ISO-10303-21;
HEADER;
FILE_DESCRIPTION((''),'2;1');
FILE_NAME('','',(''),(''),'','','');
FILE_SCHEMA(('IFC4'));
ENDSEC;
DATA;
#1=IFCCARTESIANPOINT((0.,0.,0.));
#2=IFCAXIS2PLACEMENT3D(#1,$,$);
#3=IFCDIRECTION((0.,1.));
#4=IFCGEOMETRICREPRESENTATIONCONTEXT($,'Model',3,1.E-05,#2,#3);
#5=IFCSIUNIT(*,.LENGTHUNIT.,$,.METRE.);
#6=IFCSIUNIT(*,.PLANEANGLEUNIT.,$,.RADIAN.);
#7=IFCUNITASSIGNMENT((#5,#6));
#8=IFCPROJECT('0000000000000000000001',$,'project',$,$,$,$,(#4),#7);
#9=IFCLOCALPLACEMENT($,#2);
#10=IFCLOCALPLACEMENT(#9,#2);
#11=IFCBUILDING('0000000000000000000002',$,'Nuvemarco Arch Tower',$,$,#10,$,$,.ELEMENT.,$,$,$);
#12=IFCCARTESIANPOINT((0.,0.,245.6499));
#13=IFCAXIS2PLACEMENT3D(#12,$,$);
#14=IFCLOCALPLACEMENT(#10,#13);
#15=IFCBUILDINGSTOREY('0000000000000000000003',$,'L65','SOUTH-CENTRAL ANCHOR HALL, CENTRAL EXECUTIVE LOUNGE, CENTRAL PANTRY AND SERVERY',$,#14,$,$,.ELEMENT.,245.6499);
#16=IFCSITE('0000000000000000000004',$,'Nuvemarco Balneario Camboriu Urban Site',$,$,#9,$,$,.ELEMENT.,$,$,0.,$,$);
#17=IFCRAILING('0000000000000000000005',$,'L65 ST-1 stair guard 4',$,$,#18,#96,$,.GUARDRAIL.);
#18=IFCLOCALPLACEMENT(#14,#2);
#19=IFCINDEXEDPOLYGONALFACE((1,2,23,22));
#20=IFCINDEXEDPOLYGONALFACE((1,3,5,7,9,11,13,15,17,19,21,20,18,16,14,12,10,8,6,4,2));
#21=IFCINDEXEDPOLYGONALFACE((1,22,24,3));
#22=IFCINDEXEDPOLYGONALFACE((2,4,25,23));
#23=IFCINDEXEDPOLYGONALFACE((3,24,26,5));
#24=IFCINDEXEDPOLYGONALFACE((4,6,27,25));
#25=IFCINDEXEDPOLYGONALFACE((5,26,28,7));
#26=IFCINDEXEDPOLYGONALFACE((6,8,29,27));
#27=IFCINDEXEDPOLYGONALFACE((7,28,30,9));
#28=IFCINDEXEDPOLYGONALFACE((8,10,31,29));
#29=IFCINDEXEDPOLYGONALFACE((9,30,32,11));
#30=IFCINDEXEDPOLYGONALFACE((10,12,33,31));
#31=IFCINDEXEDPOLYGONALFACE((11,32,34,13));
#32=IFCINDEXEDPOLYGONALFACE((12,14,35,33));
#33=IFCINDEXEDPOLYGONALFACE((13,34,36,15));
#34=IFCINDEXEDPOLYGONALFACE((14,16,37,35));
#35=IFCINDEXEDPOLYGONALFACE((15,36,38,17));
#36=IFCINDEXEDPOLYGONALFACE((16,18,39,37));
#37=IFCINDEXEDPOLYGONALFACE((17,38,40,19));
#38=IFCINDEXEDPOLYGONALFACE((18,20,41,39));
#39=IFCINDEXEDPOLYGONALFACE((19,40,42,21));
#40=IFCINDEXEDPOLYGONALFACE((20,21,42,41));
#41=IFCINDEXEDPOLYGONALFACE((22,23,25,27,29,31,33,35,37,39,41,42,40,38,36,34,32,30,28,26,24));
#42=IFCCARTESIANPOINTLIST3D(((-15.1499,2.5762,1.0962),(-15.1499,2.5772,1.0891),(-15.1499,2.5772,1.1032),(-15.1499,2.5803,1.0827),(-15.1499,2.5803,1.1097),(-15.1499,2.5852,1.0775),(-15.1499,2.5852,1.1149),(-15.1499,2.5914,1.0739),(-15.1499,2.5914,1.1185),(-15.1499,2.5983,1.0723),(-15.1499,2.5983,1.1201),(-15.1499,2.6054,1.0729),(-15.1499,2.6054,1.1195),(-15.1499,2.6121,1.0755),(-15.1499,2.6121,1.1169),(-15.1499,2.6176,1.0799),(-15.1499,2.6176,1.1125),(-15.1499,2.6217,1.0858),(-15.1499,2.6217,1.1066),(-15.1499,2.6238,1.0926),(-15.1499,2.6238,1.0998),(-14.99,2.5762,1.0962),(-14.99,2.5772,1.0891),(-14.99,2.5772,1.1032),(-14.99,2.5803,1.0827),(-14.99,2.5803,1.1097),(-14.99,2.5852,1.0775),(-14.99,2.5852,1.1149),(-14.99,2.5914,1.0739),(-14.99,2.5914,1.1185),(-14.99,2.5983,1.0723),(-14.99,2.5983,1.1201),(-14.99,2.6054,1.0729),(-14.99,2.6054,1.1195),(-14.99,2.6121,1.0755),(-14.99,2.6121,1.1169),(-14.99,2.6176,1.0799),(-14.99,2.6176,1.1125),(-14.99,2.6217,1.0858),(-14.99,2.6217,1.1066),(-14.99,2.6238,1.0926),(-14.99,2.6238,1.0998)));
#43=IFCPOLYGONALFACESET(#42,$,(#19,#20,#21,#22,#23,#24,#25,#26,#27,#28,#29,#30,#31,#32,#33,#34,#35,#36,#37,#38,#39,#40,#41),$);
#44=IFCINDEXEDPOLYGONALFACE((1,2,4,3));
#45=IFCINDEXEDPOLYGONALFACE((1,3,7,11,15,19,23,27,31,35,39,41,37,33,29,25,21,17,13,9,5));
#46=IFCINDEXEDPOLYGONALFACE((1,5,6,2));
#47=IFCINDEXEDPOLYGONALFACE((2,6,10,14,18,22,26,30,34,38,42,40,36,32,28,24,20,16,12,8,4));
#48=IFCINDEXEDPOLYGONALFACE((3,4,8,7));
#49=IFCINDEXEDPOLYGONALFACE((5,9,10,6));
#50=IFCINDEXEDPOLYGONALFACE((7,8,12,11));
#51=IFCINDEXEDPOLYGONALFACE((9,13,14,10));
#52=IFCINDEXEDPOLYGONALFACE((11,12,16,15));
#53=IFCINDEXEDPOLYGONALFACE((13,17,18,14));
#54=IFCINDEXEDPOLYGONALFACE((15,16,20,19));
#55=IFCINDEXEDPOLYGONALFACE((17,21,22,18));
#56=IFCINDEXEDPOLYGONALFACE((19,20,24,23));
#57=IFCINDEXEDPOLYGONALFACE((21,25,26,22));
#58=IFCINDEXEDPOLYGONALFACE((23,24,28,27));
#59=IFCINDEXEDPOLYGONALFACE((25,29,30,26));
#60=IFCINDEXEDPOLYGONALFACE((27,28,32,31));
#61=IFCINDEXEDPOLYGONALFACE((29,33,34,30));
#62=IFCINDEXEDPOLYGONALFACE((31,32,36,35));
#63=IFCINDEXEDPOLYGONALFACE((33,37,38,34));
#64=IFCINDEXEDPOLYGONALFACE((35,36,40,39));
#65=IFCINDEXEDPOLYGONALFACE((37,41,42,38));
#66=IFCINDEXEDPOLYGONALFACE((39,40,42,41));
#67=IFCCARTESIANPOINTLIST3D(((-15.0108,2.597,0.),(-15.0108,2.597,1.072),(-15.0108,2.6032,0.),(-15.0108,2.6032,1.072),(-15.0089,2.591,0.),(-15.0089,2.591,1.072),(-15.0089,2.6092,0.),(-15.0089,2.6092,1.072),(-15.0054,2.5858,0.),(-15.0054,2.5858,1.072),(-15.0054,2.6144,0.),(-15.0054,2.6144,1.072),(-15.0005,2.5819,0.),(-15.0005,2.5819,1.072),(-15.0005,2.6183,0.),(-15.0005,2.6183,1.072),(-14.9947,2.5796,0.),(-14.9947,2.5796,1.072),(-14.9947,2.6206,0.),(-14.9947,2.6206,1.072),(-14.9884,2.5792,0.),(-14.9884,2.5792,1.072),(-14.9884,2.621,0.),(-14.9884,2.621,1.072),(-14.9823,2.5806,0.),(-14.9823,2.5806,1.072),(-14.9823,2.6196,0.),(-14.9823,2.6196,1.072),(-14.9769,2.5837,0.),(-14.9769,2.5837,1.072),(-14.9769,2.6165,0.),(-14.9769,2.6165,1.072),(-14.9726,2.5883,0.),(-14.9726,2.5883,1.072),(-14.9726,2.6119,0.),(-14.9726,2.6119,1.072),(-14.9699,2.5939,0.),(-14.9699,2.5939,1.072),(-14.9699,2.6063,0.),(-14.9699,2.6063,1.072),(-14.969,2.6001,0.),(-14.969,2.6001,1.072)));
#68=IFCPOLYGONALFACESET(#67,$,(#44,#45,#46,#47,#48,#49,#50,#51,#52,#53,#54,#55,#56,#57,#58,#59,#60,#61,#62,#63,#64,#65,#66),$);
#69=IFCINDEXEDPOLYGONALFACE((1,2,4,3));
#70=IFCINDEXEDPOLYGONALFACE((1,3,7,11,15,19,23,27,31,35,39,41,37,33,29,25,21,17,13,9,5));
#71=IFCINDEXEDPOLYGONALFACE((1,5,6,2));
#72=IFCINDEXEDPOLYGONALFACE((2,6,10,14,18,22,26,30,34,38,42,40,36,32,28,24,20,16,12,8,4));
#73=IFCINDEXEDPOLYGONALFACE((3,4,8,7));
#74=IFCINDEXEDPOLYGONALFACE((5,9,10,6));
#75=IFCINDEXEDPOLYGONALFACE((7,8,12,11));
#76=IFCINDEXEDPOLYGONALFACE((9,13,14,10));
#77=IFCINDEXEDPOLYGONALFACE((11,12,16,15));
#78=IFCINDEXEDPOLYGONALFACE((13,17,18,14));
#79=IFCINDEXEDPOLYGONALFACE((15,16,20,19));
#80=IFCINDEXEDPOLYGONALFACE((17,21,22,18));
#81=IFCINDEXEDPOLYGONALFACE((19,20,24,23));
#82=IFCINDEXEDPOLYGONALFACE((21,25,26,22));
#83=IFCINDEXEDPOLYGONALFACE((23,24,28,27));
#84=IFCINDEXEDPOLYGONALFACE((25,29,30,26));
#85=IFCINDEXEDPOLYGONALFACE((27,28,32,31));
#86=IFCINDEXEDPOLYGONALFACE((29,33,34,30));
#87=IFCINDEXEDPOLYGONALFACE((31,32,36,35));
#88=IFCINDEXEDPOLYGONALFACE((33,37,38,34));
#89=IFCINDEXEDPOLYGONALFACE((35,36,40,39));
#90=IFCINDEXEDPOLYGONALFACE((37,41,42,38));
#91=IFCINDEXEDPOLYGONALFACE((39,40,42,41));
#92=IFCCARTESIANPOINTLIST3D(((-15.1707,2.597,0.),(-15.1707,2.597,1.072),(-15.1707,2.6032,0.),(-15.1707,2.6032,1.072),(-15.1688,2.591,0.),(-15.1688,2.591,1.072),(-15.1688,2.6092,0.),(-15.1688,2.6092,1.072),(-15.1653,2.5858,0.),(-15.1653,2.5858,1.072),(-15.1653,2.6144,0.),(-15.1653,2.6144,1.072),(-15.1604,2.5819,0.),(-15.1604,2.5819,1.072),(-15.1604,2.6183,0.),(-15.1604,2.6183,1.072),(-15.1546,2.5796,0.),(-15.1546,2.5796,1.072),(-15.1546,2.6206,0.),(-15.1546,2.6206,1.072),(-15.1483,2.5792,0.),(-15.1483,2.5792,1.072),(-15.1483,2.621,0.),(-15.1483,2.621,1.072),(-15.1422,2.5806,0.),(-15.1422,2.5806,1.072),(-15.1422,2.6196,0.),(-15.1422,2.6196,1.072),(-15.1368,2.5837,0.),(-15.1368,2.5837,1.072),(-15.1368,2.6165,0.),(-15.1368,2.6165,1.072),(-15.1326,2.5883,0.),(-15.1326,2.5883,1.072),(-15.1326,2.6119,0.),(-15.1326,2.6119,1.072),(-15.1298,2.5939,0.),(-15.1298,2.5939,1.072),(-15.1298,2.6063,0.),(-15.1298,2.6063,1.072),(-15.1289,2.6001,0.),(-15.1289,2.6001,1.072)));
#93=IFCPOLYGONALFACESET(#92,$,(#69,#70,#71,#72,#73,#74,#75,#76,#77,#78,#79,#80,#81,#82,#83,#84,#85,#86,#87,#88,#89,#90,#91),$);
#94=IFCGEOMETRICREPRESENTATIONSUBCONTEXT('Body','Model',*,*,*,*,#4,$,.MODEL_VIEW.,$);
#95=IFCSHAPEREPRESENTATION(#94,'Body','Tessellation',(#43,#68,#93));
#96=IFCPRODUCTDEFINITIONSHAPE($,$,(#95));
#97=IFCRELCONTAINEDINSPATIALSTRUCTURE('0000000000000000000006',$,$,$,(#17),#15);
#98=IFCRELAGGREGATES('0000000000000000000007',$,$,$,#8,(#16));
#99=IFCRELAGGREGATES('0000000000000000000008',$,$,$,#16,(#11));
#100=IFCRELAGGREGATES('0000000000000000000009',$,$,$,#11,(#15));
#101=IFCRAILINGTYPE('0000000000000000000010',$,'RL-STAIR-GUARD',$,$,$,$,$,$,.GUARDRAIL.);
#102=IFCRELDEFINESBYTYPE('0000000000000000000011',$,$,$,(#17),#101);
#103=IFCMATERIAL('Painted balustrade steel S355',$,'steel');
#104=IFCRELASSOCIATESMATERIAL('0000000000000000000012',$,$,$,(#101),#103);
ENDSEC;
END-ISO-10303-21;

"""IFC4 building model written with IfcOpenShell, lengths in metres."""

from ifc_helpers import new_model, si_unit, direction, frame, origin, origin_2d, place, context, subcontext, project, spatial, circle, extrude, material, type_object, element, save


model = new_model("IFC4")

# Units and contexts
model_context = context("Model", 3, precision=1e-05, world=origin(), true_north=direction((0.0, 1.0)))
body_context = subcontext(model_context, "Body", "Model", "MODEL_VIEW")
ifc_project = project(units=[si_unit("LENGTHUNIT", "METRE"), si_unit("PLANEANGLEUNIT", "RADIAN")], contexts=[model_context])

# Site, building, storey
site_placement = place(None, origin())
site = spatial("IfcSite", under=ifc_project, at=site_placement, Name="Nuvemarco Balneario Camboriu Urban Site", CompositionType="ELEMENT", RefElevation=0.0)
building_placement = place(site_placement, origin())
building = spatial("IfcBuilding", under=site, at=building_placement, Name="Nuvemarco Arch Tower", CompositionType="ELEMENT")
storey_placement = place(building_placement, frame((0.0, 0.0, 245.6499)))
storey = spatial("IfcBuildingStorey", under=building, at=storey_placement, Name="L65", Description="SOUTH-CENTRAL ANCHOR HALL, CENTRAL EXECUTIVE LOUNGE, CENTRAL PANTRY AND SERVERY", CompositionType="ELEMENT", Elevation=245.6499)

# Railing
ifc_material_1 = material(Name="Painted balustrade steel S355", Category="steel")
railing_type_1 = type_object("IfcRailingType", Name="RL-STAIR-GUARD", PredefinedType="GUARDRAIL", material=ifc_material_1)
railing_1_placement = place(storey_placement, frame((-14.99, 2.6001, 0.0)))
element("IfcRailing", 1, at=railing_1_placement, inside=storey, type_object=railing_type_1, Name="L65 ST-1 stair guard 4", PredefinedType="GUARDRAIL", context=body_context, shape_type="SweptSolid", body=[
    extrude(circle(Radius=0.0239, at=origin_2d()), frame((0.0, 0.0, 1.0962), z_axis=(-1.0, 0.0, 0.0), x_axis=(0.0, -1.0, 0.0)), (0.0, 0.0, 1.0), 0.1599),
    extrude(circle(Radius=0.021, at=origin_2d()), origin(), (0.0, 0.0, 1.0), 1.072),
    extrude(circle(Radius=0.021, at=origin_2d()), frame((-0.1599, 0.0, 0.0)), (0.0, 0.0, 1.0), 1.072),
])

save(model, "model.ifc")
